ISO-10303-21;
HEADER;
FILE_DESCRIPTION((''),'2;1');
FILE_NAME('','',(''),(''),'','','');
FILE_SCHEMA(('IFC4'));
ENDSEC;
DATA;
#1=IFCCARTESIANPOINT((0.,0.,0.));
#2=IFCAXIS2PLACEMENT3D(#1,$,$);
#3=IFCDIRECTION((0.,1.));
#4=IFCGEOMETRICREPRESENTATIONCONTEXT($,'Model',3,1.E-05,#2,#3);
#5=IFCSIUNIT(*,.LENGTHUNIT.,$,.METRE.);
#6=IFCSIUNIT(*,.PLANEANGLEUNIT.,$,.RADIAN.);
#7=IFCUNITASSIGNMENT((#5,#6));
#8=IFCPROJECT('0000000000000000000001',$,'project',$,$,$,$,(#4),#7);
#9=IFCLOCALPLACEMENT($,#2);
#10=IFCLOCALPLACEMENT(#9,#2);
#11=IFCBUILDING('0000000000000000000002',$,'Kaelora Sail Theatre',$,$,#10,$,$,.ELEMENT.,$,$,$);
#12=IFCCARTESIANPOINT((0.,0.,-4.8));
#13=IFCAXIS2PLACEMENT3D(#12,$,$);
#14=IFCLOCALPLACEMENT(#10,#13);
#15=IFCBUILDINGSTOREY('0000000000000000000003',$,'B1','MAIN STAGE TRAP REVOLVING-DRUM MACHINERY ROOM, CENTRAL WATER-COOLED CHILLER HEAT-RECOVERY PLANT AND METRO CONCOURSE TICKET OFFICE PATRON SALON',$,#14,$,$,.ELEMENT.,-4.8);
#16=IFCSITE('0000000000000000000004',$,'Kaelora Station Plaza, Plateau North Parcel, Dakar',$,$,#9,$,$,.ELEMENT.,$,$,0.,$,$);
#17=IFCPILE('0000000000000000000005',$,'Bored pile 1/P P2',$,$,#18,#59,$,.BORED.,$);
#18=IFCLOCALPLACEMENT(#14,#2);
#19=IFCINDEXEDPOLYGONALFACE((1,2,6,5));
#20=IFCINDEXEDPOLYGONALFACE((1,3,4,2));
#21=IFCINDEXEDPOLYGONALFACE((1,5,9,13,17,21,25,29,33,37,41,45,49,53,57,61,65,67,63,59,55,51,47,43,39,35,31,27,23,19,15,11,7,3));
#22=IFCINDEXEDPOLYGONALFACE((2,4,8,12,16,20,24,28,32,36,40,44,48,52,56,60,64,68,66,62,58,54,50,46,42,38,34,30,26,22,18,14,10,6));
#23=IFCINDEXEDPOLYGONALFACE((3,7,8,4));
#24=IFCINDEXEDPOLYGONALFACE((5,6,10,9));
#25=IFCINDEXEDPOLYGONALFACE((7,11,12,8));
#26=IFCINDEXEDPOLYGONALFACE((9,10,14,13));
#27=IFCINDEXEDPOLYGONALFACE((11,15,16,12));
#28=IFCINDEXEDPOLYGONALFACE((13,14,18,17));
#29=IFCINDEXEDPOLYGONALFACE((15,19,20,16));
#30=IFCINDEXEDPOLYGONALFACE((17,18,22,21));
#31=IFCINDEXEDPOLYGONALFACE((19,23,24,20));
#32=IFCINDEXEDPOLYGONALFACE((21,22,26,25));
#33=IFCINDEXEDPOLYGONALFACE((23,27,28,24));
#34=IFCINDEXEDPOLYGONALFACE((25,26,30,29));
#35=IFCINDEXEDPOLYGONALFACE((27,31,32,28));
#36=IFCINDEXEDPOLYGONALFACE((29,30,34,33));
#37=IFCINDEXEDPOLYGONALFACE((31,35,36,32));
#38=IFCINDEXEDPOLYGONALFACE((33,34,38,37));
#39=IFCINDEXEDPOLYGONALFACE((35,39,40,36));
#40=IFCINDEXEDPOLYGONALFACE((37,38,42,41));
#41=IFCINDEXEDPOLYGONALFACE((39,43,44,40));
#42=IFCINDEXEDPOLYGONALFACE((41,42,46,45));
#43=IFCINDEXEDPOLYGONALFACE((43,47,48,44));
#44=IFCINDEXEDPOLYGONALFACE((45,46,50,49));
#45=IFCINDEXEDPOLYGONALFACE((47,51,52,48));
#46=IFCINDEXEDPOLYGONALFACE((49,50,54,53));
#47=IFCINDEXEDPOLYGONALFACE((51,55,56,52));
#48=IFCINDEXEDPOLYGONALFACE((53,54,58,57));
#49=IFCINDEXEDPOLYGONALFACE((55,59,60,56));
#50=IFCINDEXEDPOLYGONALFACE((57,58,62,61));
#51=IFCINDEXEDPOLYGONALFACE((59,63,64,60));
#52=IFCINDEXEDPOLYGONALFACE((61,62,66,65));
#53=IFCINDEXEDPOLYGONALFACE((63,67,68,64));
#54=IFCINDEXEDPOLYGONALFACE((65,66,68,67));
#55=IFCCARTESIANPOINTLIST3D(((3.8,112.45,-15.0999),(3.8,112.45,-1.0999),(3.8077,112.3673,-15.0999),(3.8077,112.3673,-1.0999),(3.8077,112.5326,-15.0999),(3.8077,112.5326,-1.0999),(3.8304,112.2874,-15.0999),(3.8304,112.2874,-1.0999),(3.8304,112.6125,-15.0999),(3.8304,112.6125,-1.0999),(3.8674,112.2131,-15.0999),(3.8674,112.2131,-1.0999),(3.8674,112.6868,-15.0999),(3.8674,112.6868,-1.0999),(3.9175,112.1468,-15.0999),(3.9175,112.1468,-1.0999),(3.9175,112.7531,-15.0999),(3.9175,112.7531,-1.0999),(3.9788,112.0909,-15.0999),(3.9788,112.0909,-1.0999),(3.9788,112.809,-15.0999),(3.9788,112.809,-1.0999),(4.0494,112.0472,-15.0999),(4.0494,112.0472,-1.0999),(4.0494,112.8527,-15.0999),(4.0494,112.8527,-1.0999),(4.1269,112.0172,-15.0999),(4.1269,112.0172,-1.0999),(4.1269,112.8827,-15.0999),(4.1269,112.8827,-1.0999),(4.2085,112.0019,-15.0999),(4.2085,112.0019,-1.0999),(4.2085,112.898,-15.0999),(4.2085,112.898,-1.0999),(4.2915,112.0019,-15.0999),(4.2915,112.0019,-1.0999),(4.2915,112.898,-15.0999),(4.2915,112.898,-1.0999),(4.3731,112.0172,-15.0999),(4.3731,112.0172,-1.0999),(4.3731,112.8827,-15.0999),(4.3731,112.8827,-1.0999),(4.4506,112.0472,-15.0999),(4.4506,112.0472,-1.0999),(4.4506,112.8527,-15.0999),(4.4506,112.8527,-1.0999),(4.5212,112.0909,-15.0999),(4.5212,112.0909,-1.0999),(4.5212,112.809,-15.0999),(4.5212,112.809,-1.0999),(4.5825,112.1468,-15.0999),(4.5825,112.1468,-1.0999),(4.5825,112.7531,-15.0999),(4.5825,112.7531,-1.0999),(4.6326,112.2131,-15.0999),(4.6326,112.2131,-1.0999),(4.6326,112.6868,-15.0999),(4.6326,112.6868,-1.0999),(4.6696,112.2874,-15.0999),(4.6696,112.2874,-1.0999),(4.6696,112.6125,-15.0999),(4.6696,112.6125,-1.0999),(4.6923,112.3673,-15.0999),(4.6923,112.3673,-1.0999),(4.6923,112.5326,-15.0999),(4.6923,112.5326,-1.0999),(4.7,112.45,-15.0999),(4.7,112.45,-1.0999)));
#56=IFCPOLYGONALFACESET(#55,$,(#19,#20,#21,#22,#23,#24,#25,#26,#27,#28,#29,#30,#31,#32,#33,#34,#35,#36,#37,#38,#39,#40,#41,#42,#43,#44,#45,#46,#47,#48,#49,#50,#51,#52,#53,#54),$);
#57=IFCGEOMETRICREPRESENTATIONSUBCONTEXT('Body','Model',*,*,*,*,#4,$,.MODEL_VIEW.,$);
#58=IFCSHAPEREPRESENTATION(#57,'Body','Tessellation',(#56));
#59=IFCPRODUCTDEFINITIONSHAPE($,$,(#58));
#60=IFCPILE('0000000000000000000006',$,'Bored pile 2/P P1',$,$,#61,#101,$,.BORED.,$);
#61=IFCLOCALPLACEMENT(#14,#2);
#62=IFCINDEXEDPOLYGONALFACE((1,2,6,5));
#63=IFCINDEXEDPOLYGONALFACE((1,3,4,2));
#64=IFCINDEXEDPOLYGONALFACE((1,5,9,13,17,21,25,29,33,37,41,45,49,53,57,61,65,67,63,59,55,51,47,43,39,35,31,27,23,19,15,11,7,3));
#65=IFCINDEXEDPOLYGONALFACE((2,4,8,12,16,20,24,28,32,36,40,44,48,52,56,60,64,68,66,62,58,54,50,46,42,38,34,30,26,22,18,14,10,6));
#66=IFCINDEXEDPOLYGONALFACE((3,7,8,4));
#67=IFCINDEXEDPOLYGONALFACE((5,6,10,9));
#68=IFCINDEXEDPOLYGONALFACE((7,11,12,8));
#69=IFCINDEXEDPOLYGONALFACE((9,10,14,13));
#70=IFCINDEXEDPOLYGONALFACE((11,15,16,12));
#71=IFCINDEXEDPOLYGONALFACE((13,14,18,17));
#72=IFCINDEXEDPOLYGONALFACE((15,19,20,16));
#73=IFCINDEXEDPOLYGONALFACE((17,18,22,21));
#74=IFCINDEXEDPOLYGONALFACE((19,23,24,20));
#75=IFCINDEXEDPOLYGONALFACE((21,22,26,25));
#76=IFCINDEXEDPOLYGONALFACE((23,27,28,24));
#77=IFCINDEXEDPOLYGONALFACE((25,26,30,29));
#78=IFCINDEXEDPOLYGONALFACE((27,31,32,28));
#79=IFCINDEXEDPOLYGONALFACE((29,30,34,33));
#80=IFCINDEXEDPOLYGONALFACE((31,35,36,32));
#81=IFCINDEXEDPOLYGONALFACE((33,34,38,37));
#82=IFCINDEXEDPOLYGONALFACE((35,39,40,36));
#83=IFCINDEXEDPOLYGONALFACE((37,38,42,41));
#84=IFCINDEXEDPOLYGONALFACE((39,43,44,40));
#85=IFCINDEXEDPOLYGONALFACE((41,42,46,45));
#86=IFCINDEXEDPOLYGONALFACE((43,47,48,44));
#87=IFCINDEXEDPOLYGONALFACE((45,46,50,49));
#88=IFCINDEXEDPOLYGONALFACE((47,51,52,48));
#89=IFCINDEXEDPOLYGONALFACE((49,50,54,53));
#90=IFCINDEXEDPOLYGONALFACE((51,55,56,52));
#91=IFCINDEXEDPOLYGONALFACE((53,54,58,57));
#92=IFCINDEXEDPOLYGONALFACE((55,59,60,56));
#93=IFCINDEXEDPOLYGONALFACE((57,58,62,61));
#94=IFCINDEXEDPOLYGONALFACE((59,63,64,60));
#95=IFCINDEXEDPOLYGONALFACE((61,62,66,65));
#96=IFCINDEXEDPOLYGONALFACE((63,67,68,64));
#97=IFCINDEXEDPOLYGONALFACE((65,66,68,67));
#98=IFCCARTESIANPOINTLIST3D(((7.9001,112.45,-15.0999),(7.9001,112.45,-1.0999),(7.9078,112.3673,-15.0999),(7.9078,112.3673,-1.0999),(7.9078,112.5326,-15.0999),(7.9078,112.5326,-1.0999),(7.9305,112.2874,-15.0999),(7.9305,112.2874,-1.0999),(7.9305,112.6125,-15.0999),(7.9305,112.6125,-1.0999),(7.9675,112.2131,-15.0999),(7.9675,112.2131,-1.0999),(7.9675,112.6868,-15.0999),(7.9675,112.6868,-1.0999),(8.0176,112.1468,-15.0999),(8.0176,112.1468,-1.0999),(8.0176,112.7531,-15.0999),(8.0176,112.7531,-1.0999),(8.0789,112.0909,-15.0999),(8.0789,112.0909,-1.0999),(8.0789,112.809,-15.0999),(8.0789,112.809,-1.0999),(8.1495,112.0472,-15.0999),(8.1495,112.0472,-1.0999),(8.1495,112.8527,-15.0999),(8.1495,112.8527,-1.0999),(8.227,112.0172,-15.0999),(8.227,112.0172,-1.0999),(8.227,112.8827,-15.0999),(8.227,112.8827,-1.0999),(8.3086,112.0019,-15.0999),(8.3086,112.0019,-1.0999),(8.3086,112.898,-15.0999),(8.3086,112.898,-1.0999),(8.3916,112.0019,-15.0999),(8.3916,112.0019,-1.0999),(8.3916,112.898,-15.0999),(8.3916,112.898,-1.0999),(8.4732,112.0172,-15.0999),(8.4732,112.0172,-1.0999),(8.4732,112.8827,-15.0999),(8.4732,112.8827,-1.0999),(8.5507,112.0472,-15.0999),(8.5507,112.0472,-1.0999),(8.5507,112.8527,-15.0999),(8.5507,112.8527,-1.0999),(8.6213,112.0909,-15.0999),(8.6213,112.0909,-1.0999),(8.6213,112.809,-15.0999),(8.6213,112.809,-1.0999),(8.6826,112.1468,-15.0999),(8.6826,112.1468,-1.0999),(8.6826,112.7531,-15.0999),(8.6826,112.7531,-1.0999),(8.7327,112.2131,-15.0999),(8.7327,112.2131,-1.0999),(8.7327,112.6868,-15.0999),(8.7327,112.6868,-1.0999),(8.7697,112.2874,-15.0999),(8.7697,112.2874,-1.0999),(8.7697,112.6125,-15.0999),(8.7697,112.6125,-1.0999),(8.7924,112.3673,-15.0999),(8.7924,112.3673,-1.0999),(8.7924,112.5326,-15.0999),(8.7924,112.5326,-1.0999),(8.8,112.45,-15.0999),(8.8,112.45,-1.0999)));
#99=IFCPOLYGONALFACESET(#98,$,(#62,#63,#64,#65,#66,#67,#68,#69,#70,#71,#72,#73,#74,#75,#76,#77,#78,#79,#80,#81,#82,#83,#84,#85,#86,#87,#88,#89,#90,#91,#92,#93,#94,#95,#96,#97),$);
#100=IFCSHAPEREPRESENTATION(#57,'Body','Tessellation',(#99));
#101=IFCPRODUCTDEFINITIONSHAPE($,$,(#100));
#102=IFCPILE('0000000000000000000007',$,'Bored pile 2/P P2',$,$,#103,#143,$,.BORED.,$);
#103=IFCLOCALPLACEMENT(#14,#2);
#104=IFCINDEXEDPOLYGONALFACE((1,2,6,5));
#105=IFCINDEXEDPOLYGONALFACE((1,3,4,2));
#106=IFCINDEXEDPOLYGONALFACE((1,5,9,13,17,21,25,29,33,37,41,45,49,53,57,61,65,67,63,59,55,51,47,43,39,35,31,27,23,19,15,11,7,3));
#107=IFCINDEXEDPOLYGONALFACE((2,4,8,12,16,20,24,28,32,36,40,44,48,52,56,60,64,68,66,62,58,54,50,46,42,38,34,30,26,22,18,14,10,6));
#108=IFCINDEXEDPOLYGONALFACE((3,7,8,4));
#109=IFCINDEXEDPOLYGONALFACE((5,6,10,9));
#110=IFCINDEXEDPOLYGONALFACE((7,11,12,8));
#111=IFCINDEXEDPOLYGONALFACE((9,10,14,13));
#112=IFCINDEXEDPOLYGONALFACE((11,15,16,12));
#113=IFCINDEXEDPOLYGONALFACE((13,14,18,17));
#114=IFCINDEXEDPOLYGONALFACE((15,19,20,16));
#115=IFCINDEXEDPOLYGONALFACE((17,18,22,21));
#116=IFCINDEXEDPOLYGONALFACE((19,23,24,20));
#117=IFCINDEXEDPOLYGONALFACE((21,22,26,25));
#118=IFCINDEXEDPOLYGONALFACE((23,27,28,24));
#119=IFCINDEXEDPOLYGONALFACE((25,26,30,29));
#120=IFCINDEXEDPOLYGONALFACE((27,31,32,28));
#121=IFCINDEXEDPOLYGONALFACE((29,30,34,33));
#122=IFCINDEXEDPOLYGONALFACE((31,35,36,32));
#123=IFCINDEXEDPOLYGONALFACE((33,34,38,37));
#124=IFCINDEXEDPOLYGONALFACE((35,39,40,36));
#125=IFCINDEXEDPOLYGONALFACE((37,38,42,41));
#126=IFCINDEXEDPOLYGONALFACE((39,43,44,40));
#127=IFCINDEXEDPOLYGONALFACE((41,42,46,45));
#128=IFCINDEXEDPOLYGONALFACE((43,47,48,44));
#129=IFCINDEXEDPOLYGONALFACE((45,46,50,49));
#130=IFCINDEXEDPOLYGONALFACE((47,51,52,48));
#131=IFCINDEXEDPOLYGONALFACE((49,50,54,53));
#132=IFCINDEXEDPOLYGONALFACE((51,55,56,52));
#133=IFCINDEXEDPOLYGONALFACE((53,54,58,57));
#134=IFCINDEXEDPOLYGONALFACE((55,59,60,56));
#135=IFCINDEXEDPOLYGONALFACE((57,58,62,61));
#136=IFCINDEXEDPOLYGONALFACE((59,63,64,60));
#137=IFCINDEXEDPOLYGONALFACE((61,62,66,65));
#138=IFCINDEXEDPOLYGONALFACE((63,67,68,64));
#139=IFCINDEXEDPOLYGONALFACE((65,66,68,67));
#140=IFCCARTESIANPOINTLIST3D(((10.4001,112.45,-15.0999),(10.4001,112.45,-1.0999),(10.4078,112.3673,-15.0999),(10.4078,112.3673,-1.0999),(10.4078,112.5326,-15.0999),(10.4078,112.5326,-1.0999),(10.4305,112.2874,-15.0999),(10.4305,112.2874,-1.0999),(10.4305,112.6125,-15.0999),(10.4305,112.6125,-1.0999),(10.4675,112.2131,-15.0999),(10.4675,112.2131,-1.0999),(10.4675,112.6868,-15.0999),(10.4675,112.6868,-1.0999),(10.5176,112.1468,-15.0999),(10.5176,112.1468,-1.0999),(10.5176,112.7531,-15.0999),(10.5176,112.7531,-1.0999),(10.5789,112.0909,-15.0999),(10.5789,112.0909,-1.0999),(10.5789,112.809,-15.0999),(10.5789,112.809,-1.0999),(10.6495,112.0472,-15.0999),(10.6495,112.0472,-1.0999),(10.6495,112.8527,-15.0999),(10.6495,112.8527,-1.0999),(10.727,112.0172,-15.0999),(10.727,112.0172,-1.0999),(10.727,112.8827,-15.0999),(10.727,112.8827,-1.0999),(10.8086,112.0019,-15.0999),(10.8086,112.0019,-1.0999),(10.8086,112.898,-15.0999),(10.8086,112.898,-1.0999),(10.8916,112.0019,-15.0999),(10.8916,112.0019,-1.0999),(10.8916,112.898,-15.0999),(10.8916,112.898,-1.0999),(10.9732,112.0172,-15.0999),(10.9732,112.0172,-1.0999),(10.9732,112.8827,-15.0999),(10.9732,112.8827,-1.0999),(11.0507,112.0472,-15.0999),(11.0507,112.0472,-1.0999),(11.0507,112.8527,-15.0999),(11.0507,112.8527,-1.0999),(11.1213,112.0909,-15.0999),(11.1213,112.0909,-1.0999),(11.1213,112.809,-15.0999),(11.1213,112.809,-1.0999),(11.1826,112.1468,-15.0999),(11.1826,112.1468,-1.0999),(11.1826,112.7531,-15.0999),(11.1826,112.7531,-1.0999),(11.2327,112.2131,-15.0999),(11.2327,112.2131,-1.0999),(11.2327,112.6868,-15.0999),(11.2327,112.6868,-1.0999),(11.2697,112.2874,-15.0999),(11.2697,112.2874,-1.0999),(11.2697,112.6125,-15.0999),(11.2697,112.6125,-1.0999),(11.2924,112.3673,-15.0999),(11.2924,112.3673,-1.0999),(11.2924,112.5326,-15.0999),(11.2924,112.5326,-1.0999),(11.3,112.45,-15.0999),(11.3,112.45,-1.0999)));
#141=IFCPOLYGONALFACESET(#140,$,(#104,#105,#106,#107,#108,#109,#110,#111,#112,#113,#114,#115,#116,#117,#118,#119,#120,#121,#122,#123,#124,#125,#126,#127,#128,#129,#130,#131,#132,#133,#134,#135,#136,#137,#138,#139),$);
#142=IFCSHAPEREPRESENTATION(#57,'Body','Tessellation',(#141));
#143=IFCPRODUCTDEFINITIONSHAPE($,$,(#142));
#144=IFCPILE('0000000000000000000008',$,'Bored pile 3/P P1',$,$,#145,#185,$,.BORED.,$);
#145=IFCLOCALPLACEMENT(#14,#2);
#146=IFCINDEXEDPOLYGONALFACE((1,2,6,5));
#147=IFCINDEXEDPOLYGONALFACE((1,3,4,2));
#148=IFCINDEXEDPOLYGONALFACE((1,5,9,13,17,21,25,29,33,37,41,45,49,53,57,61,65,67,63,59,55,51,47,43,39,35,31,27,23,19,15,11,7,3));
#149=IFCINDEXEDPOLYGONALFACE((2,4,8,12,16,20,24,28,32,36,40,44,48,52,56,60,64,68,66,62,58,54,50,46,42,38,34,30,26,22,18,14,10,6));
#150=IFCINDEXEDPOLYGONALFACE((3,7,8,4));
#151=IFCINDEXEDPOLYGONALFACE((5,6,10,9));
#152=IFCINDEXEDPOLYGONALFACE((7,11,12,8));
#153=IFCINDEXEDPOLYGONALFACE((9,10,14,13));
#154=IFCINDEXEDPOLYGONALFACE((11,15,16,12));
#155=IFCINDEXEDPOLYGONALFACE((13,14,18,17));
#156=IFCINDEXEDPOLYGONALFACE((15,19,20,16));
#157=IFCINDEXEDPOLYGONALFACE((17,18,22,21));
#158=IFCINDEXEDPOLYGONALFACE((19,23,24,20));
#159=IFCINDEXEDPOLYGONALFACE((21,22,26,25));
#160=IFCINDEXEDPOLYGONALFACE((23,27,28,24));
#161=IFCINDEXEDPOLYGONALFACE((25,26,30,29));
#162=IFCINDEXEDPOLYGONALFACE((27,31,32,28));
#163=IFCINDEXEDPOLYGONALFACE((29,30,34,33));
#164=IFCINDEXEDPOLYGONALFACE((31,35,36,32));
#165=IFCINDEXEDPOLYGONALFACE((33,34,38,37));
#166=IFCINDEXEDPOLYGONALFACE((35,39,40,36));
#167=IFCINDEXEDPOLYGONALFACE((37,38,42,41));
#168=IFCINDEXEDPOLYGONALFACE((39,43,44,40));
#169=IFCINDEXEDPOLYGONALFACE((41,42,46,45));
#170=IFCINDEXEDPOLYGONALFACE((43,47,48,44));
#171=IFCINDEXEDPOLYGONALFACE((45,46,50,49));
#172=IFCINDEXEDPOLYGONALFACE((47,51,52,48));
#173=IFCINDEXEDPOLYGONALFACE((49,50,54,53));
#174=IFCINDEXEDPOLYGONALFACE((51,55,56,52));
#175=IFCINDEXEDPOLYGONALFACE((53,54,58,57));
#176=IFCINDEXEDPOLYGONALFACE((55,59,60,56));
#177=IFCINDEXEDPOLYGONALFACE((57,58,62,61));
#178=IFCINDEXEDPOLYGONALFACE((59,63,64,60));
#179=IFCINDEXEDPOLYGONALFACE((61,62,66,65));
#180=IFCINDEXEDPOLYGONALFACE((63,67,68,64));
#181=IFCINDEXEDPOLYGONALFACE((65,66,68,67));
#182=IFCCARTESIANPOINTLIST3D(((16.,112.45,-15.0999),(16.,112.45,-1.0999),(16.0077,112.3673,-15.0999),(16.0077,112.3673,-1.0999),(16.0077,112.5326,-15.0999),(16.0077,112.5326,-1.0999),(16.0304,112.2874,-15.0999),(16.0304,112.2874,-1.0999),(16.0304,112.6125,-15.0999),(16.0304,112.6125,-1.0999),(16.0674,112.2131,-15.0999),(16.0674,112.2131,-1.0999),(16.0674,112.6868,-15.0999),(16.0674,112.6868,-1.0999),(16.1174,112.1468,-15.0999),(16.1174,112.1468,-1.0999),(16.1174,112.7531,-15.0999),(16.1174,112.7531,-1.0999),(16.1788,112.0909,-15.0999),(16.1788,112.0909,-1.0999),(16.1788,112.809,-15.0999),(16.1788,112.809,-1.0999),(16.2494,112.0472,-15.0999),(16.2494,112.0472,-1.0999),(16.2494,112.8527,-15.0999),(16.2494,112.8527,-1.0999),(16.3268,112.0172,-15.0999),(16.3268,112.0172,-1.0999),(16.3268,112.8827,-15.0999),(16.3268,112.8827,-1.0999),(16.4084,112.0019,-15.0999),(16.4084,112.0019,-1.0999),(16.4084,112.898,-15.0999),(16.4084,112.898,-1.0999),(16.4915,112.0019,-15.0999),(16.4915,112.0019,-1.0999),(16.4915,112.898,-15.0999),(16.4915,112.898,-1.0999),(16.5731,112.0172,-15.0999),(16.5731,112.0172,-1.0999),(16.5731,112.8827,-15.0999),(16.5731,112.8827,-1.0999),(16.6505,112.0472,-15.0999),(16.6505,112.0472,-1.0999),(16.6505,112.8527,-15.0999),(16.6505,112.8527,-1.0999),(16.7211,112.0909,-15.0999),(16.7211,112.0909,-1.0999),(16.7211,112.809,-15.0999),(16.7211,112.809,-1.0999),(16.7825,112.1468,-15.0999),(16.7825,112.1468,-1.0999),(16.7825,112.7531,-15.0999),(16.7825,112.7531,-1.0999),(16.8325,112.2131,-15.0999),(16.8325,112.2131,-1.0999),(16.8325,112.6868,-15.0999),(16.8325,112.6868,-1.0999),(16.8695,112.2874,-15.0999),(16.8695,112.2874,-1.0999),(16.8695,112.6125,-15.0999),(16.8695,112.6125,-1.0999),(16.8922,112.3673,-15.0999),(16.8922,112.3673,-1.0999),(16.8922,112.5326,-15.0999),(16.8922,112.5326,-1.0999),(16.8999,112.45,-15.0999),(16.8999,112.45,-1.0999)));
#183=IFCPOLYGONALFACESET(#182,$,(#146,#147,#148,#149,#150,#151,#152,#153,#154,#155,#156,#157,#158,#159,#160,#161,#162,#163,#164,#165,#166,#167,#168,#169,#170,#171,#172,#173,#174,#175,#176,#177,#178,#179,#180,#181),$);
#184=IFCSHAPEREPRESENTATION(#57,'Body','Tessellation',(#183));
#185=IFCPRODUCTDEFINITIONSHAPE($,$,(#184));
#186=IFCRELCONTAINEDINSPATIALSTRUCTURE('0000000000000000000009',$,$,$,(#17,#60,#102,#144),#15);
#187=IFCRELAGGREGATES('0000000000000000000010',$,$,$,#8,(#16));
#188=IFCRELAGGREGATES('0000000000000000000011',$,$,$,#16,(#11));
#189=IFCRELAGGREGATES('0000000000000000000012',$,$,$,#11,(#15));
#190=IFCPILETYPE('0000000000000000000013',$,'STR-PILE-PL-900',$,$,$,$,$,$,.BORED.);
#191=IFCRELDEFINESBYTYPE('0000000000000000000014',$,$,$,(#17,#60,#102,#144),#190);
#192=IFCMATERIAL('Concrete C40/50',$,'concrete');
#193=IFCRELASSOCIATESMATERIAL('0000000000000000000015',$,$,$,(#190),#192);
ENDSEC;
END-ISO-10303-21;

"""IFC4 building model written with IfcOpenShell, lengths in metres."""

from ifc_helpers import new_model, si_unit, direction, frame, origin, origin_2d, place, context, subcontext, project, spatial, circle, extrude, material, material_profile, profile_set, type_object, element, save


model = new_model("IFC4")

# Units and contexts
model_context = context("Model", 3, precision=1e-05, world=origin(), true_north=direction((0.0, 1.0)))
body_context = subcontext(model_context, "Body", "Model", "MODEL_VIEW")
ifc_project = project(units=[si_unit("LENGTHUNIT", "METRE"), si_unit("PLANEANGLEUNIT", "RADIAN")], contexts=[model_context])

# Site, building, storey
site_placement = place(None, origin())
site = spatial("IfcSite", under=ifc_project, at=site_placement, Name="Kaelora Station Plaza, Plateau North Parcel, Dakar", CompositionType="ELEMENT", RefElevation=0.0)
building_placement = place(site_placement, origin())
building = spatial("IfcBuilding", under=site, at=building_placement, Name="Kaelora Sail Theatre", CompositionType="ELEMENT")
storey_placement = place(building_placement, frame((0.0, 0.0, -4.8)))
storey = spatial("IfcBuildingStorey", under=building, at=storey_placement, Name="B1", Description="MAIN STAGE TRAP REVOLVING-DRUM MACHINERY ROOM, CENTRAL WATER-COOLED CHILLER HEAT-RECOVERY PLANT AND METRO CONCOURSE TICKET OFFICE PATRON SALON", CompositionType="ELEMENT", Elevation=-4.8)

# Piles
ifc_material_1 = material(Name="Concrete C40/50", Category="concrete")
ifc_material_profile_1 = material_profile(ifc_material_1, circle(Radius=0.45, at=origin_2d()), Name="PILE D900")
ifc_profile_set_1 = profile_set([ifc_material_profile_1], Name="Concrete C40/50")
pile_type_1 = type_object("IfcPileType", Name="STR-PILE-PL-900", PredefinedType="BORED", material=ifc_profile_set_1)
for number, where, z_axis, x_axis, name in (
    (1, (4.25, 112.45, -1.0999), (0.0, 0.0, -1.0), (1.0, 0.0, 0.0), "Bored pile 1/P P2"),
    (2, (8.3501, 112.45, -1.0999), (0.0, 0.0, -1.0), (1.0, 0.0, 0.0), "Bored pile 2/P P1"),
    (3, (10.8501, 112.45, -1.0999), (0.0, 0.0, -1.0), (1.0, 0.0, 0.0), "Bored pile 2/P P2"),
    (4, (16.45, 112.45, -1.0999), (0.0, 0.0, -1.0), (1.0, 0.0, 0.0), "Bored pile 3/P P1"),
):
    element("IfcPile", number, at=place(storey_placement, frame(where, z_axis=z_axis, x_axis=x_axis)), inside=storey, type_object=pile_type_1, Name=name, PredefinedType="BORED", context=body_context, shape_type="SweptSolid", body=[
        extrude(circle(Radius=0.45, at=origin_2d()), origin(), (0.0, 0.0, 1.0), 14.0),
    ])

save(model, "model.ifc")
